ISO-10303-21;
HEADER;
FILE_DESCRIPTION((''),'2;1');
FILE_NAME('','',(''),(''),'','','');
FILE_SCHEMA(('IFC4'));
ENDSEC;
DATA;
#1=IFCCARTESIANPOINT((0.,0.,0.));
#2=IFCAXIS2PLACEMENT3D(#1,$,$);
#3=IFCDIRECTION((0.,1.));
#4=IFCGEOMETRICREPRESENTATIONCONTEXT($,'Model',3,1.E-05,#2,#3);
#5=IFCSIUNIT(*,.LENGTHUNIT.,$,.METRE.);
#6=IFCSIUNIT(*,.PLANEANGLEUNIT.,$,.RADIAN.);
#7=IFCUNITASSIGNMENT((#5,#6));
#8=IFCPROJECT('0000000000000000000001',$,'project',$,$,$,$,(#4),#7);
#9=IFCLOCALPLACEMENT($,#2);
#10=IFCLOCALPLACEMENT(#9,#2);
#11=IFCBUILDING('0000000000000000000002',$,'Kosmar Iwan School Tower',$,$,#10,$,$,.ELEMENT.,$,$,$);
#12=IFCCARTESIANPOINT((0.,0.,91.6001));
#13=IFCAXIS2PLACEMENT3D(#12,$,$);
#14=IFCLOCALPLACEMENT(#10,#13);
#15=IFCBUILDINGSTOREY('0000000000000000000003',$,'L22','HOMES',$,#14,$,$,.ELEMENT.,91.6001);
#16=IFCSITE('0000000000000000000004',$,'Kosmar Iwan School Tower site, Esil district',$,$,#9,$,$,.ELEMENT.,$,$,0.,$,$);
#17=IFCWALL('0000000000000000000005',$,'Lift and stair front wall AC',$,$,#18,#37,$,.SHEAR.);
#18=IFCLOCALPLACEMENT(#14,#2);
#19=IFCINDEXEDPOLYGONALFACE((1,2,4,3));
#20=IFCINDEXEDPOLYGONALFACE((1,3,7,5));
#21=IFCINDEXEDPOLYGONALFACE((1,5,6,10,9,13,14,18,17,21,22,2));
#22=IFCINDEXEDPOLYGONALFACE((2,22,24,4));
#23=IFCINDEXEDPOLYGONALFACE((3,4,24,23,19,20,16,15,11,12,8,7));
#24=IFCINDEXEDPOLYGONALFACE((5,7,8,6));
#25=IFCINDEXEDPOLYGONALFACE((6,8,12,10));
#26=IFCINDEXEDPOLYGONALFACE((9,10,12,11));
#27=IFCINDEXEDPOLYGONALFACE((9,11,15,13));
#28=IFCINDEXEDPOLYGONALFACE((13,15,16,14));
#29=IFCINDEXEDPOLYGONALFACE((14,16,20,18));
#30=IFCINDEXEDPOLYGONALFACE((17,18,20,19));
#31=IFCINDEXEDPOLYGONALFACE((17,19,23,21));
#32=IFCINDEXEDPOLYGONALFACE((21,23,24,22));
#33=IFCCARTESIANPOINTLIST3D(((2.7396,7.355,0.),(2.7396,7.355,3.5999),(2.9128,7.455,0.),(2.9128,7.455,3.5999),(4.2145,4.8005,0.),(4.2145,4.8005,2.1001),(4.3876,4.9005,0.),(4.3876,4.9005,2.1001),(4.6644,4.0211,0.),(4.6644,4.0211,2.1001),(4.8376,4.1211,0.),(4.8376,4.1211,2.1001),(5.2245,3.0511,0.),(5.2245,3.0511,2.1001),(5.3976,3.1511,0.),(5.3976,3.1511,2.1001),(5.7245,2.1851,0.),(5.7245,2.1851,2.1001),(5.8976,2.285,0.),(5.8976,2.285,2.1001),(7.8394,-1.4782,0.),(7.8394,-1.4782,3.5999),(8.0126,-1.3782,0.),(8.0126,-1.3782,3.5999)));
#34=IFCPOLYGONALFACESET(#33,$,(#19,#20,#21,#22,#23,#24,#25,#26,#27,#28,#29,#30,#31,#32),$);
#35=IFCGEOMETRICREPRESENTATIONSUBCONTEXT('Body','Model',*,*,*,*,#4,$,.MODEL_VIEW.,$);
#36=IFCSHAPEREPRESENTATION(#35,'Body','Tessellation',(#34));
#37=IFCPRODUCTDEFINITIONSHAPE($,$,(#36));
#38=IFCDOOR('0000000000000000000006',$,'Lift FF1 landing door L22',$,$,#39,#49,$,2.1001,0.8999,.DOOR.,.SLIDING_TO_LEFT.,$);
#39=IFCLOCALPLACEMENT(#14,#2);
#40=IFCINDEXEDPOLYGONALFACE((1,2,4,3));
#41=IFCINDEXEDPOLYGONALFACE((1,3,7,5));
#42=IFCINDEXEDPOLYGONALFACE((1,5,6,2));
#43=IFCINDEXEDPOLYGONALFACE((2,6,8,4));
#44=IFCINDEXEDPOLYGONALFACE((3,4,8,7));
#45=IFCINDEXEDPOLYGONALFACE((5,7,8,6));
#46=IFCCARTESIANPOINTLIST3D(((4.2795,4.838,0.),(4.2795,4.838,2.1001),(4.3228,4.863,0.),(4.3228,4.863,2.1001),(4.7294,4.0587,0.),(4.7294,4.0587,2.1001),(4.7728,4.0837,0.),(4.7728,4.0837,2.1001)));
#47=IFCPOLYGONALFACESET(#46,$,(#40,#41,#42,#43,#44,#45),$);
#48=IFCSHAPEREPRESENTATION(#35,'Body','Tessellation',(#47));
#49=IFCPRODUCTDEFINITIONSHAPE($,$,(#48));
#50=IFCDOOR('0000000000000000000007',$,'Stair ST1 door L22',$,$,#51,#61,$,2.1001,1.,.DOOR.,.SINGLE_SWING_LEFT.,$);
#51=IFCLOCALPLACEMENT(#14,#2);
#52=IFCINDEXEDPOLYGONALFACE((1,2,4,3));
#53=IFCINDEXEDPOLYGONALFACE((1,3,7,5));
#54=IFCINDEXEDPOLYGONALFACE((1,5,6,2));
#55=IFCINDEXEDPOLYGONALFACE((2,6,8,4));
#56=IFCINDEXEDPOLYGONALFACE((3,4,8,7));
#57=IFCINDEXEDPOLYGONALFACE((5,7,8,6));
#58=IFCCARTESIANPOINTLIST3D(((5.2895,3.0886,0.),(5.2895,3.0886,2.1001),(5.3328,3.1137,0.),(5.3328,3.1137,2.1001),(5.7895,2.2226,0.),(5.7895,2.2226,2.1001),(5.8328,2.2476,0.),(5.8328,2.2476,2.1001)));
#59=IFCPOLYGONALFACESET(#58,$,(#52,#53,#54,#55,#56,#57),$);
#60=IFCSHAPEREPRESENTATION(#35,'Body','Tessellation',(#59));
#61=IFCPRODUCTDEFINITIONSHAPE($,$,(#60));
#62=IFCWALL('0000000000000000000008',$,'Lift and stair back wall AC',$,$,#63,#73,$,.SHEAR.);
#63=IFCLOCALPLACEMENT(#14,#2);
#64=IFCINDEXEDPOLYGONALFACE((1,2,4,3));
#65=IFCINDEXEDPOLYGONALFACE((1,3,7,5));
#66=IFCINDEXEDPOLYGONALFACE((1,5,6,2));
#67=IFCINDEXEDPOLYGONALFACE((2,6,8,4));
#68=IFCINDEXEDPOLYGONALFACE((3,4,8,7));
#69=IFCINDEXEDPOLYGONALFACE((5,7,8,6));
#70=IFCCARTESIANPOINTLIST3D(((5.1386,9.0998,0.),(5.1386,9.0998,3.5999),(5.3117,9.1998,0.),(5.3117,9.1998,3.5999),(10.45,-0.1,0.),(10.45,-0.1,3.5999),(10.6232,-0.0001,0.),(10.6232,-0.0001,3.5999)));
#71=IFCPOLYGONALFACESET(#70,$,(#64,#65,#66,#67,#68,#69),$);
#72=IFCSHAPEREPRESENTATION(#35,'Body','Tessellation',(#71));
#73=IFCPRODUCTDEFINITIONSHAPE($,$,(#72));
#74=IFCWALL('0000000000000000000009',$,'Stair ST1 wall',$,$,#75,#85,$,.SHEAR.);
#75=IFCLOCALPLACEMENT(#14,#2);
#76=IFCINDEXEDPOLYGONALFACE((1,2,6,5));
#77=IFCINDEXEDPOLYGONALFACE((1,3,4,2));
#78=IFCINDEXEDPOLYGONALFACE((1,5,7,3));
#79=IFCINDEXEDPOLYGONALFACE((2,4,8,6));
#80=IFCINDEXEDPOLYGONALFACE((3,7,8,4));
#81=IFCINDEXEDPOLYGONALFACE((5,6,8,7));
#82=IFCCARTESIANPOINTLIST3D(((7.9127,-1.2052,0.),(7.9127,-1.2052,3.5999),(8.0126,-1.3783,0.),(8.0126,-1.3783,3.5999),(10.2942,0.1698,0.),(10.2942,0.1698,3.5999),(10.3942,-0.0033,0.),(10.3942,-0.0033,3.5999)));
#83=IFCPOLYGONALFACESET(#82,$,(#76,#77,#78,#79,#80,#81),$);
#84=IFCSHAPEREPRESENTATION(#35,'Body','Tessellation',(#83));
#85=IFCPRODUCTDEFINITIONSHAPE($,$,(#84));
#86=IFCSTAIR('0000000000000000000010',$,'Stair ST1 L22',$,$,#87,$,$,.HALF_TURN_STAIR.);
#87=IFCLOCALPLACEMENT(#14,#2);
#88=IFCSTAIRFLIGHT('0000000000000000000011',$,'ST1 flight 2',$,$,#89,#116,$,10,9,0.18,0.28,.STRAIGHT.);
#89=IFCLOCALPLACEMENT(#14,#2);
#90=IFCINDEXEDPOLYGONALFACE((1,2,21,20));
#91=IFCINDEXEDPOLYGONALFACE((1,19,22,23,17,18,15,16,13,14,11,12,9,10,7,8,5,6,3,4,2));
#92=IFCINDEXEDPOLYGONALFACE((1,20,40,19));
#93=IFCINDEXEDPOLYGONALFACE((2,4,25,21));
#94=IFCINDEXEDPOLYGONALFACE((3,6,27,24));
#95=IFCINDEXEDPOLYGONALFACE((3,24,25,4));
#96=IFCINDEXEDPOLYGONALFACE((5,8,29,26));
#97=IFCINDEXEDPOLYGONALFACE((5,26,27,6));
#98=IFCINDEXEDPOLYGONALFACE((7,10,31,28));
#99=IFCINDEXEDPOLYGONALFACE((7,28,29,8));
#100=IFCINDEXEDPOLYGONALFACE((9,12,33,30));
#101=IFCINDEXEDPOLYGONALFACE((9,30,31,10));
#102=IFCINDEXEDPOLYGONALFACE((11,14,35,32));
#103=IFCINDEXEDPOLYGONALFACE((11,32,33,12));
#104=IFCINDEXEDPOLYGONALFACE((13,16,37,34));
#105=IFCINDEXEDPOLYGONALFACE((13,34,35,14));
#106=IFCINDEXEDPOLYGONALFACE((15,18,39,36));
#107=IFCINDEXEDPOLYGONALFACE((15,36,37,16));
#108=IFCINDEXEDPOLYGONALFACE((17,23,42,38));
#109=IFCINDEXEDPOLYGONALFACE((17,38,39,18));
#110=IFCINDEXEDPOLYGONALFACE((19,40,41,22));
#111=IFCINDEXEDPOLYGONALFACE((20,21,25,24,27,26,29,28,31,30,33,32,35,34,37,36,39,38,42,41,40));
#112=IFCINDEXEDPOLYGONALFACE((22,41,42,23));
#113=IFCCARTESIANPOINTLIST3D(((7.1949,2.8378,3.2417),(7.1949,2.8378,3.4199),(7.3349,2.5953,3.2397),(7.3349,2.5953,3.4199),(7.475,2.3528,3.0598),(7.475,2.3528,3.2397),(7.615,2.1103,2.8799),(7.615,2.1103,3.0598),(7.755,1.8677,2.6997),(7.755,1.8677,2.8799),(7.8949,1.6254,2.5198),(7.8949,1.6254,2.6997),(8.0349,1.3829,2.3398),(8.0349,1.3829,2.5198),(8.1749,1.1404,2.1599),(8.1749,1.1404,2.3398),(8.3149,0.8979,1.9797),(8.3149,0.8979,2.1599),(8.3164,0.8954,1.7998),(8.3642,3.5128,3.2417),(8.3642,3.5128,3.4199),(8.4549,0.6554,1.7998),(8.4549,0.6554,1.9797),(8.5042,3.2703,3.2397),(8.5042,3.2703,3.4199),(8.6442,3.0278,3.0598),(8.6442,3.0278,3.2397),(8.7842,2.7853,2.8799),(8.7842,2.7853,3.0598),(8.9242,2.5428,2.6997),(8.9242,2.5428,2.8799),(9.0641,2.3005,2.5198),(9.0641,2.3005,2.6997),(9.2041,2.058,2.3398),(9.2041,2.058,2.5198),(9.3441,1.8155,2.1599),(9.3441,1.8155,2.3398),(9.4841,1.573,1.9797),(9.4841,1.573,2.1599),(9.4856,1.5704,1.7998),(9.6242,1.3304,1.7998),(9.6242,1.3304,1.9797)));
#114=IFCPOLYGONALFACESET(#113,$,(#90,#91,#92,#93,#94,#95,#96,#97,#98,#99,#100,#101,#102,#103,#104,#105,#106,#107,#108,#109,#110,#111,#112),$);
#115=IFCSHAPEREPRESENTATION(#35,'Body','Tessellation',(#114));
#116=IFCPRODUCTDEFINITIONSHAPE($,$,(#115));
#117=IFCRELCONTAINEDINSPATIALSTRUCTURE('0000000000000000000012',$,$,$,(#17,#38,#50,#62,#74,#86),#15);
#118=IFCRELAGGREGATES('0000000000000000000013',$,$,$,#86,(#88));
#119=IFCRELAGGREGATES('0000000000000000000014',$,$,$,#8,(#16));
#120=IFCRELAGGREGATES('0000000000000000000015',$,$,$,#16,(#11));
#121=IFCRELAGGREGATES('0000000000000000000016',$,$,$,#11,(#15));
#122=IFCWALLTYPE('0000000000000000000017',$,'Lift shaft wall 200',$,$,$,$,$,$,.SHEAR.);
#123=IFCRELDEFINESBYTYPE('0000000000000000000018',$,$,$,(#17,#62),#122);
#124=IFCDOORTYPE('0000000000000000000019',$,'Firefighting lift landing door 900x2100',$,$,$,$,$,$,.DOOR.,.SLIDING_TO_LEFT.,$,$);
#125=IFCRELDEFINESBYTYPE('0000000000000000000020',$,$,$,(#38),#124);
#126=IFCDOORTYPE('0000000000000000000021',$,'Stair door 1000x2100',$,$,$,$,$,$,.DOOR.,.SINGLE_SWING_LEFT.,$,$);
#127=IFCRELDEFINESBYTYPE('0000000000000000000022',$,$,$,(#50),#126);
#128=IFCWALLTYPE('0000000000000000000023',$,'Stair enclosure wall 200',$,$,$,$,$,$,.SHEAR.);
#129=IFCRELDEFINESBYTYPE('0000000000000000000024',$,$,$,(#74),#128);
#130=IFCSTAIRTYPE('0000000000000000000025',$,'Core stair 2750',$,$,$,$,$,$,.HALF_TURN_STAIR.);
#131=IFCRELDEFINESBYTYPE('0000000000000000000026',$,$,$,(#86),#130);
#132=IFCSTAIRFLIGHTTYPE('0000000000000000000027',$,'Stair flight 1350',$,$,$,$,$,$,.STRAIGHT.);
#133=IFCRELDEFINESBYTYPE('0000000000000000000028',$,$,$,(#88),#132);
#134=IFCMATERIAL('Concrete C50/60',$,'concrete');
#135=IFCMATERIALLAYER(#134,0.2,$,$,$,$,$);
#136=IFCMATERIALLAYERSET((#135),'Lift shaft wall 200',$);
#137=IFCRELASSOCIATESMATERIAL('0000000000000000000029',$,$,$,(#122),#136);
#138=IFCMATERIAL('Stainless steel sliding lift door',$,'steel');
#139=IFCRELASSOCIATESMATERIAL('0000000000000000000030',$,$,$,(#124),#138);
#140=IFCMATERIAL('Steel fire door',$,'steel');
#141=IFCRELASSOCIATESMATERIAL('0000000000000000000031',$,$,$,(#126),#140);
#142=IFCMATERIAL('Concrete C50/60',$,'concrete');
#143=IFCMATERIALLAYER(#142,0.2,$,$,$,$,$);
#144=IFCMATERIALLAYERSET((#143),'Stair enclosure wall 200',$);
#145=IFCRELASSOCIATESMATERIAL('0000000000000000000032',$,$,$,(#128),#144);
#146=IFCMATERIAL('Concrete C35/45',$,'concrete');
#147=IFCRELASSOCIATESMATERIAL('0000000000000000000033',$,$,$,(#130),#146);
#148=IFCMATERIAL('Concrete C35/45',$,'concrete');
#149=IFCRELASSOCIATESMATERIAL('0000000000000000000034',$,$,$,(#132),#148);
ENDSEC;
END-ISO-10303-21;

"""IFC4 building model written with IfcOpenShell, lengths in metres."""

from ifc_helpers import new_model, si_unit, direction, frame, frame_2d, origin, place, context, subcontext, project, spatial, polyline, rectangle, outline, extrude, material, layer, layer_set, type_object, element, fill, aggregate, save


model = new_model("IFC4")

# Units and contexts
model_context = context("Model", 3, precision=1e-05, world=origin(), true_north=direction((0.0, 1.0)))
body_context = subcontext(model_context, "Body", "Model", "MODEL_VIEW")
ifc_project = project(units=[si_unit("LENGTHUNIT", "METRE"), si_unit("PLANEANGLEUNIT", "RADIAN")], contexts=[model_context])

# Site, building, storey
site_placement = place(None, origin())
site = spatial("IfcSite", under=ifc_project, at=site_placement, Name="Kosmar Iwan School Tower site, Esil district", CompositionType="ELEMENT", RefElevation=0.0)
building_placement = place(site_placement, origin())
building = spatial("IfcBuilding", under=site, at=building_placement, Name="Kosmar Iwan School Tower", CompositionType="ELEMENT")
storey_placement = place(building_placement, frame((0.0, 0.0, 91.6001)))
storey = spatial("IfcBuildingStorey", under=building, at=storey_placement, Name="L22", Description="HOMES", CompositionType="ELEMENT", Elevation=91.6001)

# Wall, openings, doors
ifc_material_1 = material(Name="Concrete C50/60", Category="concrete")
ifc_layer_1 = layer(ifc_material_1, 0.2)
ifc_layer_set_1 = layer_set([ifc_layer_1], Name="Lift shaft wall 200")
wall_type_1 = type_object("IfcWallType", Name="Lift shaft wall 200", PredefinedType="SHEAR", material=ifc_layer_set_1)
wall_1_placement = place(storey_placement, frame((7.926, -1.4282, 0.0), z_axis=(0.0, 0.0, 1.0), x_axis=(-0.499998, 0.866027, 0.0)))
wall_1 = element("IfcWall", 1, at=wall_1_placement, inside=storey, type_object=wall_type_1, Name="Lift and stair front wall AC", PredefinedType="SHEAR", context=body_context, shape_type="SweptSolid", body=[
    extrude(rectangle(XDim=10.1997, YDim=0.2, at=frame_2d((5.0999, 0.0))), origin(), (0.0, 0.0, 1.0), 3.5999),
])
opening_1_placement = place(wall_1_placement, frame((6.3501, 0.0, 0.0)))
opening_1 = element("IfcOpeningElement", 2, at=opening_1_placement, cuts=wall_1, PredefinedType="OPENING", context=body_context, shape_type="SweptSolid", body=[
    extrude(rectangle(XDim=0.8999, YDim=2.1001, at=frame_2d((0.45, 1.05))), frame((0.0, 0.1121, 0.0), z_axis=(0.0, -1.0, 0.0), x_axis=(1.0, 0.0, 0.0)), (0.0, 0.0, 1.0), 0.2239),
])
opening_2_placement = place(wall_1_placement, frame((4.23, 0.0, 0.0)))
opening_2 = element("IfcOpeningElement", 3, at=opening_2_placement, cuts=wall_1, PredefinedType="OPENING", context=body_context, shape_type="SweptSolid", body=[
    extrude(rectangle(XDim=1.0, YDim=2.1001, at=frame_2d((0.5, 1.05))), frame((0.0, 0.1121, 0.0), z_axis=(0.0, -1.0, 0.0), x_axis=(1.0, 0.0, 0.0)), (0.0, 0.0, 1.0), 0.2239),
])
ifc_material_2 = material(Name="Stainless steel sliding lift door", Category="steel")
door_type_1 = type_object("IfcDoorType", Name="Firefighting lift landing door 900x2100", OperationType="SLIDING_TO_LEFT", PredefinedType="DOOR", material=ifc_material_2)
door_1_placement = place(opening_1_placement, origin())
door_1 = element("IfcDoor", 4, at=door_1_placement, inside=storey, type_object=door_type_1, Name="Lift FF1 landing door L22", OperationType="SLIDING_TO_LEFT", OverallHeight=2.1001, OverallWidth=0.8999, PredefinedType="DOOR", context=body_context, shape_type="SweptSolid", body=[
    extrude(rectangle(XDim=0.8999, YDim=2.1001, at=frame_2d((0.45, 1.05))), frame((0.0, 0.0249, 0.0), z_axis=(0.0, -1.0, 0.0), x_axis=(1.0, 0.0, 0.0)), (0.0, 0.0, 1.0), 0.05),
])
fill(opening_1, door_1)
ifc_material_3 = material(Name="Steel fire door", Category="steel")
door_type_2 = type_object("IfcDoorType", Name="Stair door 1000x2100", OperationType="SINGLE_SWING_LEFT", PredefinedType="DOOR", material=ifc_material_3)
door_2_placement = place(opening_2_placement, origin())
door_2 = element("IfcDoor", 5, at=door_2_placement, inside=storey, type_object=door_type_2, Name="Stair ST1 door L22", OperationType="SINGLE_SWING_LEFT", OverallHeight=2.1001, OverallWidth=1.0, PredefinedType="DOOR", context=body_context, shape_type="SweptSolid", body=[
    extrude(rectangle(XDim=1.0, YDim=2.1001, at=frame_2d((0.5, 1.05))), frame((0.0, 0.0249, 0.0), z_axis=(0.0, -1.0, 0.0), x_axis=(1.0, 0.0, 0.0)), (0.0, 0.0, 1.0), 0.05),
])
fill(opening_2, door_2)

# Walls
wall_2_placement = place(storey_placement, frame((10.5366, -0.05, 0.0), z_axis=(0.0, 0.0, 1.0), x_axis=(-0.499995, 0.866028, 0.0)))
element("IfcWall", 6, at=wall_2_placement, inside=storey, type_object=wall_type_1, Name="Lift and stair back wall AC", PredefinedType="SHEAR", context=body_context, shape_type="SweptSolid", body=[
    extrude(rectangle(XDim=10.623, YDim=0.2, at=frame_2d((5.3115, 0.0))), origin(), (0.0, 0.0, 1.0), 3.5999),
])
ifc_material_4 = material(Name="Concrete C50/60", Category="concrete")
ifc_layer_2 = layer(ifc_material_4, 0.2)
ifc_layer_set_2 = layer_set([ifc_layer_2], Name="Stair enclosure wall 200")
wall_type_2 = type_object("IfcWallType", Name="Stair enclosure wall 200", PredefinedType="SHEAR", material=ifc_layer_set_2)
wall_3_placement = place(storey_placement, frame((7.9626, -1.2917, 0.0), z_axis=(0.0, 0.0, 1.0), x_axis=(0.866027, 0.499997, 0.0)))
element("IfcWall", 7, at=wall_3_placement, inside=storey, type_object=wall_type_2, Name="Stair ST1 wall", PredefinedType="SHEAR", context=body_context, shape_type="SweptSolid", body=[
    extrude(rectangle(XDim=2.75, YDim=0.2, at=frame_2d((1.375, 0.0))), origin(), (0.0, 0.0, 1.0), 3.5999),
])

# Stair, stair flight
ifc_material_5 = material(Name="Concrete C35/45", Category="concrete")
stair_type = type_object("IfcStairType", Name="Core stair 2750", PredefinedType="HALF_TURN_STAIR", material=ifc_material_5)
stair_placement = place(storey_placement, origin())
stair = element("IfcStair", 8, at=stair_placement, inside=storey, type_object=stair_type, Name="Stair ST1 L22", PredefinedType="HALF_TURN_STAIR")
ifc_material_6 = material(Name="Concrete C35/45", Category="concrete")
stair_flight_type = type_object("IfcStairFlightType", Name="Stair flight 1350", PredefinedType="STRAIGHT", material=ifc_material_6)
stair_flight_placement = place(storey_placement, frame((9.0396, 0.9929, 1.7998), z_axis=(0.0, 0.0, 1.0), x_axis=(-0.5, 0.866025, 0.0)))
stair_flight = element("IfcStairFlight", 9, at=stair_flight_placement, type_object=stair_flight_type, Name="ST1 flight 2", NumberOfRisers=10, NumberOfTreads=9, PredefinedType="STRAIGHT", RiserHeight=0.18, TreadLength=0.28, context=body_context, shape_type="SweptSolid", body=[
    extrude(outline(polyline([(0.0, 0.0), (0.0, 0.1799), (0.28, 0.1799), (0.28, 0.3601), (0.5601, 0.3601), (0.5601, 0.54), (0.8401, 0.54), (0.8401, 0.72), (1.1201, 0.72), (1.1201, 0.8999), (1.3999, 0.8999), (1.3999, 1.0801), (1.6799, 1.0801), (1.6799, 1.26), (1.96, 1.26), (1.96, 1.4399), (2.24, 1.4399), (2.24, 1.6201), (2.52, 1.6201), (2.52, 1.8), (2.52, 1.4419), (0.2771, 0.0), (0.0, 0.0)])), frame((0.0, 0.675, 0.0), z_axis=(0.0, -1.0, 0.0), x_axis=(1.0, 0.0, 0.0)), (0.0, 0.0, 1.0), 1.3501),
])
aggregate(stair, [stair_flight])

save(model, "model.ifc")
